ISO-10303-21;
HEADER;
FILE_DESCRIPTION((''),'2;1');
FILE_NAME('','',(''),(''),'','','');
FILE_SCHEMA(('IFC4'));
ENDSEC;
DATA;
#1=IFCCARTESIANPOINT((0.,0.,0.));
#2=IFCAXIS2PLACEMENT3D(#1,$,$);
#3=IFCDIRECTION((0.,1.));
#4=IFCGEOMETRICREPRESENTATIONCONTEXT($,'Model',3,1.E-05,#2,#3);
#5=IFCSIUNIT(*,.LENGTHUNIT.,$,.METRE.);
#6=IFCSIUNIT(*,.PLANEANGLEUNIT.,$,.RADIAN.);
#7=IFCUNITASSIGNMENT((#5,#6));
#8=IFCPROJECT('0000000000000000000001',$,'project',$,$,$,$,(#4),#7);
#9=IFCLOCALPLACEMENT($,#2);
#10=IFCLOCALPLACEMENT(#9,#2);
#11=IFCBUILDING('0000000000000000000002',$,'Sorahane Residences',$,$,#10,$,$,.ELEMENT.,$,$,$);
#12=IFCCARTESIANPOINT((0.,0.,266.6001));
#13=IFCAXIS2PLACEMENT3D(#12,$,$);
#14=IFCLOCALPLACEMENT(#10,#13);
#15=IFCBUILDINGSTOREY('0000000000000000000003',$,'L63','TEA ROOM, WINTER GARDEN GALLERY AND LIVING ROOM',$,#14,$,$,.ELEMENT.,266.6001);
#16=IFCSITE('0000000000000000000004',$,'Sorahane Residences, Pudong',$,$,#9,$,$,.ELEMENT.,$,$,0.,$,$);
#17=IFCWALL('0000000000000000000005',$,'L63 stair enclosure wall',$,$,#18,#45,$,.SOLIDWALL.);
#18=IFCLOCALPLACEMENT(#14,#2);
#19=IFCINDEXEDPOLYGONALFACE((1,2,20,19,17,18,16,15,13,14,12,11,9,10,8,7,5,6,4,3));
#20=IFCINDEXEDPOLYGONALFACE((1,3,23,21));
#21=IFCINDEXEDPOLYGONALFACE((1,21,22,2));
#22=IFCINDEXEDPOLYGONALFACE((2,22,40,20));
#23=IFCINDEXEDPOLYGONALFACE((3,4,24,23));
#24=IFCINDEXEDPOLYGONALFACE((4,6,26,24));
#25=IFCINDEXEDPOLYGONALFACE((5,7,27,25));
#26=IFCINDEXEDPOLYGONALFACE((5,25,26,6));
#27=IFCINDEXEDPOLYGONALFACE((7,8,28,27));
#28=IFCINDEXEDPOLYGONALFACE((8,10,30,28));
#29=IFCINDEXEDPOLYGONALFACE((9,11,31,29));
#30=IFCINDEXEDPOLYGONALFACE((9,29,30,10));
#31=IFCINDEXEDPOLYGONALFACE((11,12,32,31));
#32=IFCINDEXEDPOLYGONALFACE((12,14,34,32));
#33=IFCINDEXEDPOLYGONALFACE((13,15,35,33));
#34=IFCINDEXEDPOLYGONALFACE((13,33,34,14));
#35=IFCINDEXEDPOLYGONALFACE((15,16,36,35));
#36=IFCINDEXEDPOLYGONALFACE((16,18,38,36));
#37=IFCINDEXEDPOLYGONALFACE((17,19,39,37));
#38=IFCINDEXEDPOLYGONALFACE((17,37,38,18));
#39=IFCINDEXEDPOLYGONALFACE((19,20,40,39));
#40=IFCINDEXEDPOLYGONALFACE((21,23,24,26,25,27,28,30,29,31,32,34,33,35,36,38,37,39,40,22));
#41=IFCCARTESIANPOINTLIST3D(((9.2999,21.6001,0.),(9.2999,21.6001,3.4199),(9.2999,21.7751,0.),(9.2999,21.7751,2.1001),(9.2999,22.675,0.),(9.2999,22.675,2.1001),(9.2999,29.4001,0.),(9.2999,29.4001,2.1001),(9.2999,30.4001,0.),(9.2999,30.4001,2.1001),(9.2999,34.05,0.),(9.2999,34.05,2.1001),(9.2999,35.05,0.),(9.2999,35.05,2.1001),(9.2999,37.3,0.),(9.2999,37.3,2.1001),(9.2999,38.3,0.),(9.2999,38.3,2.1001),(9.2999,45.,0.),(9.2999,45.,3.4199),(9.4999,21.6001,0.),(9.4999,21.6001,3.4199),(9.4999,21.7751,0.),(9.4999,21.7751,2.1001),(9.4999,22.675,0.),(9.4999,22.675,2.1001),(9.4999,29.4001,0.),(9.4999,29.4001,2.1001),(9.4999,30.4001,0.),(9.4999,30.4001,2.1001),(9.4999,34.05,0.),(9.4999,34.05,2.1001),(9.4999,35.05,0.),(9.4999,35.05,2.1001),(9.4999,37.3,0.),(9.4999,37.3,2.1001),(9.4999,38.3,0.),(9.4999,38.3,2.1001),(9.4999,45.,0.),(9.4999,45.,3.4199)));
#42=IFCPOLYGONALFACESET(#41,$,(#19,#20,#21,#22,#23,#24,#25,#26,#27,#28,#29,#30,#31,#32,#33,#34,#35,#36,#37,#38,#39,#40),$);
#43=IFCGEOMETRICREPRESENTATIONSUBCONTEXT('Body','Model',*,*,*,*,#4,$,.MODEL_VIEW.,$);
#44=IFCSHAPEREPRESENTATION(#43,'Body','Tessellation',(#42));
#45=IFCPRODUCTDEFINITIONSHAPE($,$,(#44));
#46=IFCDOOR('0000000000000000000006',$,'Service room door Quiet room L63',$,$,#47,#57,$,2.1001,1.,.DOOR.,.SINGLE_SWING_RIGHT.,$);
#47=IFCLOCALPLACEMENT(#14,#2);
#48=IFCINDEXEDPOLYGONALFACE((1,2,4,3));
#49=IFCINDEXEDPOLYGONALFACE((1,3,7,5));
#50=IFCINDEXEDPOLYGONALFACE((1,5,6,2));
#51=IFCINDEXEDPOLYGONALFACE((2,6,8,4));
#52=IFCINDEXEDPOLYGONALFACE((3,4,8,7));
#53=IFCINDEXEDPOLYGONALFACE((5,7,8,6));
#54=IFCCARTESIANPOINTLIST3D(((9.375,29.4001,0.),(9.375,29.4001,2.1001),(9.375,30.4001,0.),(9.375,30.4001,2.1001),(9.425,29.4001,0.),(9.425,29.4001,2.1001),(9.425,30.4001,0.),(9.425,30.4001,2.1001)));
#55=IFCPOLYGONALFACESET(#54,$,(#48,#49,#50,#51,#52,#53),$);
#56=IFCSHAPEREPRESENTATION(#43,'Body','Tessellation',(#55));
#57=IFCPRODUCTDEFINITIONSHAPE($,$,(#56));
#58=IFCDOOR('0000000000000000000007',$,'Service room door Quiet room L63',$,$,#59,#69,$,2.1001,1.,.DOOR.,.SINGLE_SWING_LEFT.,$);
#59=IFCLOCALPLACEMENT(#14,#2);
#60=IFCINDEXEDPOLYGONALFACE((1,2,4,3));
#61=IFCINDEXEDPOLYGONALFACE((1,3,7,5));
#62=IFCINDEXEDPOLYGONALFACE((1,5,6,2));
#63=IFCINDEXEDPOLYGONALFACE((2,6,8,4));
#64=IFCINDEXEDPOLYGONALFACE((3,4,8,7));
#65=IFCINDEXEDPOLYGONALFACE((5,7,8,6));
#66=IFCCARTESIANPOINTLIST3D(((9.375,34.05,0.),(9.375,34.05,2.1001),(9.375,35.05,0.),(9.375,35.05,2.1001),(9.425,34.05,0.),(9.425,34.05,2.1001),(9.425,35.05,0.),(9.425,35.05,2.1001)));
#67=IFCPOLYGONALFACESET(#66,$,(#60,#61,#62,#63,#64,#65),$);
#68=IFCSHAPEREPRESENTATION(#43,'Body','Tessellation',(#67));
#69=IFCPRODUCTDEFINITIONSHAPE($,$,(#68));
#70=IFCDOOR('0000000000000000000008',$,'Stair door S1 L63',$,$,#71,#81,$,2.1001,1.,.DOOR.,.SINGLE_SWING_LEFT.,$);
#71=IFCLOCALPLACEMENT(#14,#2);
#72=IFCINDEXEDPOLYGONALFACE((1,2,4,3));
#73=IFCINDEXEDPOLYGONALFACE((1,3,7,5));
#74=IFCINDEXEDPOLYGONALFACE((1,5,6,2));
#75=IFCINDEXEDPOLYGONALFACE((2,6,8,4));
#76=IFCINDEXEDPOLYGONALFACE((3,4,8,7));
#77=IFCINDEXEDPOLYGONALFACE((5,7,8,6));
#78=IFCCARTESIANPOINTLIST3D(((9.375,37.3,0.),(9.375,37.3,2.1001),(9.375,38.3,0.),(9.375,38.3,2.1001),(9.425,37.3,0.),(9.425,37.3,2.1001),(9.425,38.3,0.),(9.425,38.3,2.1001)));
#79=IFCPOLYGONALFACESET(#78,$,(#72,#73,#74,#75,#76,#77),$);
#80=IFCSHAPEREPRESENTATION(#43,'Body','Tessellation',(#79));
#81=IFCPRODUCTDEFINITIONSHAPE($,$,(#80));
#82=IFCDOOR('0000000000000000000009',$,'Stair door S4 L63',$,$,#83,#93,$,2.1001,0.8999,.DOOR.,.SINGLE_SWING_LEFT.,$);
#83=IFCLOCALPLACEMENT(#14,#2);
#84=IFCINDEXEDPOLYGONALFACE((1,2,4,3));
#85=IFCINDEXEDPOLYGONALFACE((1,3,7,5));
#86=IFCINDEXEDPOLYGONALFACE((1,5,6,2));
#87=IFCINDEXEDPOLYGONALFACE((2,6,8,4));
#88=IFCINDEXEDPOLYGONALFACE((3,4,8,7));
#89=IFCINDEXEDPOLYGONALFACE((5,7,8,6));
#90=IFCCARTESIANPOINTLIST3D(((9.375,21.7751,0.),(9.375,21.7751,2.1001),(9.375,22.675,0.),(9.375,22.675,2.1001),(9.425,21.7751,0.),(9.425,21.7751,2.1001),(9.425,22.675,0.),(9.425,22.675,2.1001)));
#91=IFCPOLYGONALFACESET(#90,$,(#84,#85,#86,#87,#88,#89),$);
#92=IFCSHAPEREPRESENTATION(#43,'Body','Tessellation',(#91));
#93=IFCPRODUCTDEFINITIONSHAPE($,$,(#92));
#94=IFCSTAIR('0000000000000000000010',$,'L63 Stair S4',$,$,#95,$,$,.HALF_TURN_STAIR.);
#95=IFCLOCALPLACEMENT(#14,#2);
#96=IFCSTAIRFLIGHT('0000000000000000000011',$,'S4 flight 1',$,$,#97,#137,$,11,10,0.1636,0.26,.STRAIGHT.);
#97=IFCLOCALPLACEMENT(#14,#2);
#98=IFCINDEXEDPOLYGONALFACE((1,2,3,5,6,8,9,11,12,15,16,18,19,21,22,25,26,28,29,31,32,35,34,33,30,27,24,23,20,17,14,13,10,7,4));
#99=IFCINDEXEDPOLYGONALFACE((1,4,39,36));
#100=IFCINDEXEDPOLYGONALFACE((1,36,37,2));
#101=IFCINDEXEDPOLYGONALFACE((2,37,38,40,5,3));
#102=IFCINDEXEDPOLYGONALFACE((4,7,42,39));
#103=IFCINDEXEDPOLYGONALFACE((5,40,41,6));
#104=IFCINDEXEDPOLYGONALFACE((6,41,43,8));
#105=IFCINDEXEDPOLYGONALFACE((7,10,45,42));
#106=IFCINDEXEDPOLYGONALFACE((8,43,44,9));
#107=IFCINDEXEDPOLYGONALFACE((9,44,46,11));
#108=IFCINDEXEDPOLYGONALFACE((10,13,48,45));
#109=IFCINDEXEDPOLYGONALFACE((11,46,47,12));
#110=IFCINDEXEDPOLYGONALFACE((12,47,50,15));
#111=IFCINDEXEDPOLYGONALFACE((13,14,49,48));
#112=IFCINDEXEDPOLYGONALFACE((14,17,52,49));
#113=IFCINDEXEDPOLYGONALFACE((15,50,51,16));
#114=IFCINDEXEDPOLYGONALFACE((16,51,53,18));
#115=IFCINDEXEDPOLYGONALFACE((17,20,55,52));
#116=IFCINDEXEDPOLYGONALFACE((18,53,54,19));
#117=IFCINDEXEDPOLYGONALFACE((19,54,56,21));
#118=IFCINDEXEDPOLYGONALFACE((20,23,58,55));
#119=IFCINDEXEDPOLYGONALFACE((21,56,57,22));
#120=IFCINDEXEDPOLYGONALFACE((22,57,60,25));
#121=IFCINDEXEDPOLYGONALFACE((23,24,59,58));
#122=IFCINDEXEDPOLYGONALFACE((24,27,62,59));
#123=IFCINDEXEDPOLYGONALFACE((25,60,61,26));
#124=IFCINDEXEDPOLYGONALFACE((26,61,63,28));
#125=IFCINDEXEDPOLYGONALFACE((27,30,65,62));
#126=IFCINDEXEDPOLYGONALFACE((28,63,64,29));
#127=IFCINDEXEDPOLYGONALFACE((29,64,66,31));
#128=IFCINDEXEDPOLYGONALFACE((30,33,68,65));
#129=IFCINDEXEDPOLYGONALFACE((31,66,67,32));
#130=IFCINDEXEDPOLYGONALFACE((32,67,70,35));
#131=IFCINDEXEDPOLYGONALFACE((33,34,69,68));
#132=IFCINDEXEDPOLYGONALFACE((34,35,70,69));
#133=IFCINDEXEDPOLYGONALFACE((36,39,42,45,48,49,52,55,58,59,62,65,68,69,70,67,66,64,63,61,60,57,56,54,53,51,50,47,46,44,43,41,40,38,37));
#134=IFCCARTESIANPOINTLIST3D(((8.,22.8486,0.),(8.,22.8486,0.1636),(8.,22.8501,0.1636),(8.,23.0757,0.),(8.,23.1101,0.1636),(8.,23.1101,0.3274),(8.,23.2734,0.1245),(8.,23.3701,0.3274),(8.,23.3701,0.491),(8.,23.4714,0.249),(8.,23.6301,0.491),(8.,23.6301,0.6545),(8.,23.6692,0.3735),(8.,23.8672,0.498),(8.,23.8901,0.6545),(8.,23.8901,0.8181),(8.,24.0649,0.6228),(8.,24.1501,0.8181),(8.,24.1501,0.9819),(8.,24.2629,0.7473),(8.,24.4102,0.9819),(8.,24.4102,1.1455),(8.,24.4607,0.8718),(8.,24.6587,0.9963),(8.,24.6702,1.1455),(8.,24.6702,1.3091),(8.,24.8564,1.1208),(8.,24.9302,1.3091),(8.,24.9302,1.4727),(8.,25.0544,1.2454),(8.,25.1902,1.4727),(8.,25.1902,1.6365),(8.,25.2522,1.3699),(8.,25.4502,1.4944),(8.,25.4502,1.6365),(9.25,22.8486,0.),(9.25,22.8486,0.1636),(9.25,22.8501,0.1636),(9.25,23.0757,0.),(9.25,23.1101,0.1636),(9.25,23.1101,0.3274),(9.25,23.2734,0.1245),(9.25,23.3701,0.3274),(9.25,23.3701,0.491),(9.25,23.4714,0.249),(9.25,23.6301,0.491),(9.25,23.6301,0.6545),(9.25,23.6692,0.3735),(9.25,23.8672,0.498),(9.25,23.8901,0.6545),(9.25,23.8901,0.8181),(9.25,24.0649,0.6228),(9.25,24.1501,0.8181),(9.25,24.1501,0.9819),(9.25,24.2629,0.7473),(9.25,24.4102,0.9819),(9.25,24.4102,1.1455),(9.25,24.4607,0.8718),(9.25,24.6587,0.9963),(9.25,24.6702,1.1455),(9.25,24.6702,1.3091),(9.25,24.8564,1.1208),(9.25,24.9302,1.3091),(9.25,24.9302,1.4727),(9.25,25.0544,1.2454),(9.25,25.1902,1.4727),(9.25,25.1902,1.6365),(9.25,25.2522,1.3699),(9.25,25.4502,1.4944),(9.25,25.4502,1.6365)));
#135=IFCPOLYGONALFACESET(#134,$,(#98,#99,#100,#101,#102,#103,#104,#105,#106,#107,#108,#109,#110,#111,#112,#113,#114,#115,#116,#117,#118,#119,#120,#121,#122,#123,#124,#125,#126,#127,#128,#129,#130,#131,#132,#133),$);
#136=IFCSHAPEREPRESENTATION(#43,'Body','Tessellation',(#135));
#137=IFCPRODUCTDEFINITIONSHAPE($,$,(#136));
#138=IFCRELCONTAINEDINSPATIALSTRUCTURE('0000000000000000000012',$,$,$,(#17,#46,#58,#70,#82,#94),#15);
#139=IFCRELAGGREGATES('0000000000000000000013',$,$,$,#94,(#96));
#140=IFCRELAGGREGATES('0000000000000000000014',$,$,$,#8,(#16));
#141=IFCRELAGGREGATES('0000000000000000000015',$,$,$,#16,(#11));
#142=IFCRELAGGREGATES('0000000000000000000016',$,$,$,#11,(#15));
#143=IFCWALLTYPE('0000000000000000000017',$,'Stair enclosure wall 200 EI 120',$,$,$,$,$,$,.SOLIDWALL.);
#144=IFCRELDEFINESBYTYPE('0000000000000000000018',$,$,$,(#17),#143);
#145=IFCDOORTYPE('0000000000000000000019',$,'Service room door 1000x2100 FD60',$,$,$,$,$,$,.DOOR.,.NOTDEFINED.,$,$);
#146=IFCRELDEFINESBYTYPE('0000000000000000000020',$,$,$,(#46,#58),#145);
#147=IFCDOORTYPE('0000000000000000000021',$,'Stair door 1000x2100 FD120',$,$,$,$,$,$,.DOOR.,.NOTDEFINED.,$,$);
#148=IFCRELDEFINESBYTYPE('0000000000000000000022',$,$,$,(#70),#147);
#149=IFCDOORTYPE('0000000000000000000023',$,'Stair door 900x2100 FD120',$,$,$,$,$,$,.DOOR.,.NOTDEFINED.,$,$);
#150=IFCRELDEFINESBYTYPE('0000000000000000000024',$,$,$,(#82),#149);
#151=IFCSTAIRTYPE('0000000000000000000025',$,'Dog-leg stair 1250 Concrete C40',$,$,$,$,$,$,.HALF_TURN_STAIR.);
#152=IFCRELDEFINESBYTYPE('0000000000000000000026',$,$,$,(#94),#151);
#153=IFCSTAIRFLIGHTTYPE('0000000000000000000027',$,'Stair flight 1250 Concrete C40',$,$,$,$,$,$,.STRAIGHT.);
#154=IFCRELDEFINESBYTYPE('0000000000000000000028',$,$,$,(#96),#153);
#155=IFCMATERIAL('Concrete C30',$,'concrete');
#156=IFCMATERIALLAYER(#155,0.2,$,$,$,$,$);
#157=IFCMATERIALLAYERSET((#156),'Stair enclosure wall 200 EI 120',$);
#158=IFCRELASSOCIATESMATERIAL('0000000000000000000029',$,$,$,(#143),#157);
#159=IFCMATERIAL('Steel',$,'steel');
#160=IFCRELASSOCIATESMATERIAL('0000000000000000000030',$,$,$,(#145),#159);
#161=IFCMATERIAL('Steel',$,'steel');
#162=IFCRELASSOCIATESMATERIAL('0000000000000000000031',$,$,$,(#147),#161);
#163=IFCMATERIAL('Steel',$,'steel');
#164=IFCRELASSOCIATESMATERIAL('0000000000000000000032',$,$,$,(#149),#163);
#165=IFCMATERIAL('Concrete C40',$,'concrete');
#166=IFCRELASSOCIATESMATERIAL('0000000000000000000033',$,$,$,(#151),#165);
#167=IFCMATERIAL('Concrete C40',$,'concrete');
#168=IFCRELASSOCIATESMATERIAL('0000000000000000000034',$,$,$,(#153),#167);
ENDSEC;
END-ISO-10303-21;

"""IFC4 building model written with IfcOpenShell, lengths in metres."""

from ifc_helpers import new_model, si_unit, direction, frame, frame_2d, origin, place, context, subcontext, project, spatial, polyline, rectangle, outline, extrude, material, layer, layer_set, type_object, element, fill, aggregate, save


model = new_model("IFC4")

# Units and contexts
model_context = context("Model", 3, precision=1e-05, world=origin(), true_north=direction((0.0, 1.0)))
body_context = subcontext(model_context, "Body", "Model", "MODEL_VIEW")
ifc_project = project(units=[si_unit("LENGTHUNIT", "METRE"), si_unit("PLANEANGLEUNIT", "RADIAN")], contexts=[model_context])

# Site, building, storey
site_placement = place(None, origin())
site = spatial("IfcSite", under=ifc_project, at=site_placement, Name="Sorahane Residences, Pudong", CompositionType="ELEMENT", RefElevation=0.0)
building_placement = place(site_placement, origin())
building = spatial("IfcBuilding", under=site, at=building_placement, Name="Sorahane Residences", CompositionType="ELEMENT")
storey_placement = place(building_placement, frame((0.0, 0.0, 266.6001)))
storey = spatial("IfcBuildingStorey", under=building, at=storey_placement, Name="L63", Description="TEA ROOM, WINTER GARDEN GALLERY AND LIVING ROOM", CompositionType="ELEMENT", Elevation=266.6001)

# Wall, openings, doors
ifc_material_1 = material(Name="Concrete C30", Category="concrete")
ifc_layer_1 = layer(ifc_material_1, 0.2)
ifc_layer_set_1 = layer_set([ifc_layer_1], Name="Stair enclosure wall 200 EI 120")
wall_type_1 = type_object("IfcWallType", Name="Stair enclosure wall 200 EI 120", PredefinedType="SOLIDWALL", material=ifc_layer_set_1)
wall_1_placement = place(storey_placement, frame((9.3999, 21.6001, 0.0), z_axis=(0.0, 0.0, 1.0), x_axis=(0.0, 1.0, 0.0)))
wall_1 = element("IfcWall", 1, at=wall_1_placement, inside=storey, type_object=wall_type_1, Name="L63 stair enclosure wall", PredefinedType="SOLIDWALL", context=body_context, shape_type="SweptSolid", body=[
    extrude(rectangle(XDim=23.3999, YDim=0.2, at=frame_2d((11.7, 0.0))), origin(), (0.0, 0.0, 1.0), 3.4199),
])
opening_1_placement = place(wall_1_placement, frame((7.8, 0.0, 0.0)))
opening_1 = element("IfcOpeningElement", 2, at=opening_1_placement, cuts=wall_1, PredefinedType="OPENING", context=body_context, shape_type="SweptSolid", body=[
    extrude(rectangle(XDim=1.0, YDim=2.1001, at=frame_2d((0.5, 1.05))), frame((0.0, 0.1099, 0.0), z_axis=(0.0, -1.0, 0.0), x_axis=(1.0, 0.0, 0.0)), (0.0, 0.0, 1.0), 0.22),
])
opening_2_placement = place(wall_1_placement, frame((12.45, 0.0, 0.0)))
opening_2 = element("IfcOpeningElement", 3, at=opening_2_placement, cuts=wall_1, PredefinedType="OPENING", context=body_context, shape_type="SweptSolid", body=[
    extrude(rectangle(XDim=1.0, YDim=2.1001, at=frame_2d((0.5, 1.05))), frame((0.0, 0.1099, 0.0), z_axis=(0.0, -1.0, 0.0), x_axis=(1.0, 0.0, 0.0)), (0.0, 0.0, 1.0), 0.22),
])
opening_3_placement = place(wall_1_placement, frame((15.7, 0.0, 0.0)))
opening_3 = element("IfcOpeningElement", 4, at=opening_3_placement, cuts=wall_1, PredefinedType="OPENING", context=body_context, shape_type="SweptSolid", body=[
    extrude(rectangle(XDim=1.0, YDim=2.1001, at=frame_2d((0.5, 1.05))), frame((0.0, 0.1099, 0.0), z_axis=(0.0, -1.0, 0.0), x_axis=(1.0, 0.0, 0.0)), (0.0, 0.0, 1.0), 0.22),
])
opening_4_placement = place(wall_1_placement, frame((0.175, 0.0, 0.0)))
opening_4 = element("IfcOpeningElement", 5, at=opening_4_placement, cuts=wall_1, PredefinedType="OPENING", context=body_context, shape_type="SweptSolid", body=[
    extrude(rectangle(XDim=0.8999, YDim=2.1001, at=frame_2d((0.45, 1.05))), frame((0.0, 0.1099, 0.0), z_axis=(0.0, -1.0, 0.0), x_axis=(1.0, 0.0, 0.0)), (0.0, 0.0, 1.0), 0.22),
])
ifc_material_2 = material(Name="Steel", Category="steel")
door_type_1 = type_object("IfcDoorType", Name="Service room door 1000x2100 FD60", OperationType="NOTDEFINED", PredefinedType="DOOR", material=ifc_material_2)
door_1_placement = place(opening_1_placement, origin())
door_1 = element("IfcDoor", 6, at=door_1_placement, inside=storey, type_object=door_type_1, Name="Service room door Quiet room L63", OperationType="SINGLE_SWING_RIGHT", OverallHeight=2.1001, OverallWidth=1.0, PredefinedType="DOOR", context=body_context, shape_type="SweptSolid", body=[
    extrude(rectangle(XDim=1.0, YDim=2.1001, at=frame_2d((0.5, 1.05))), frame((0.0, 0.0249, 0.0), z_axis=(0.0, -1.0, 0.0), x_axis=(1.0, 0.0, 0.0)), (0.0, 0.0, 1.0), 0.05),
])
fill(opening_1, door_1)
door_2_placement = place(opening_2_placement, origin())
door_2 = element("IfcDoor", 7, at=door_2_placement, inside=storey, type_object=door_type_1, Name="Service room door Quiet room L63", OperationType="SINGLE_SWING_LEFT", OverallHeight=2.1001, OverallWidth=1.0, PredefinedType="DOOR", context=body_context, shape_type="SweptSolid", body=[
    extrude(rectangle(XDim=1.0, YDim=2.1001, at=frame_2d((0.5, 1.05))), frame((0.0, 0.0249, 0.0), z_axis=(0.0, -1.0, 0.0), x_axis=(1.0, 0.0, 0.0)), (0.0, 0.0, 1.0), 0.05),
])
fill(opening_2, door_2)
ifc_material_3 = material(Name="Steel", Category="steel")
door_type_2 = type_object("IfcDoorType", Name="Stair door 1000x2100 FD120", OperationType="NOTDEFINED", PredefinedType="DOOR", material=ifc_material_3)
door_3_placement = place(opening_3_placement, origin())
door_3 = element("IfcDoor", 8, at=door_3_placement, inside=storey, type_object=door_type_2, Name="Stair door S1 L63", OperationType="SINGLE_SWING_LEFT", OverallHeight=2.1001, OverallWidth=1.0, PredefinedType="DOOR", context=body_context, shape_type="SweptSolid", body=[
    extrude(rectangle(XDim=1.0, YDim=2.1001, at=frame_2d((0.5, 1.05))), frame((0.0, 0.0249, 0.0), z_axis=(0.0, -1.0, 0.0), x_axis=(1.0, 0.0, 0.0)), (0.0, 0.0, 1.0), 0.05),
])
fill(opening_3, door_3)
ifc_material_4 = material(Name="Steel", Category="steel")
door_type_3 = type_object("IfcDoorType", Name="Stair door 900x2100 FD120", OperationType="NOTDEFINED", PredefinedType="DOOR", material=ifc_material_4)
door_4_placement = place(opening_4_placement, origin())
door_4 = element("IfcDoor", 9, at=door_4_placement, inside=storey, type_object=door_type_3, Name="Stair door S4 L63", OperationType="SINGLE_SWING_LEFT", OverallHeight=2.1001, OverallWidth=0.8999, PredefinedType="DOOR", context=body_context, shape_type="SweptSolid", body=[
    extrude(rectangle(XDim=0.8999, YDim=2.1001, at=frame_2d((0.45, 1.05))), frame((0.0, 0.0249, 0.0), z_axis=(0.0, -1.0, 0.0), x_axis=(1.0, 0.0, 0.0)), (0.0, 0.0, 1.0), 0.05),
])
fill(opening_4, door_4)

# Stair, stair flight
ifc_material_5 = material(Name="Concrete C40", Category="concrete")
stair_type = type_object("IfcStairType", Name="Dog-leg stair 1250 Concrete C40", PredefinedType="HALF_TURN_STAIR", material=ifc_material_5)
stair_placement = place(storey_placement, origin())
stair = element("IfcStair", 10, at=stair_placement, inside=storey, type_object=stair_type, Name="L63 Stair S4", PredefinedType="HALF_TURN_STAIR")
ifc_material_6 = material(Name="Concrete C40", Category="concrete")
stair_flight_type = type_object("IfcStairFlightType", Name="Stair flight 1250 Concrete C40", PredefinedType="STRAIGHT", material=ifc_material_6)
stair_flight_placement = place(storey_placement, frame((8.625, 22.8501, 0.0), z_axis=(0.0, 0.0, 1.0), x_axis=(0.0, 1.0, 0.0)))
stair_flight = element("IfcStairFlight", 11, at=stair_flight_placement, type_object=stair_flight_type, Name="S4 flight 1", NumberOfRisers=11, NumberOfTreads=10, PredefinedType="STRAIGHT", RiserHeight=0.1636, TreadLength=0.26, context=body_context, shape_type="SweptSolid", body=[
    extrude(outline(polyline([(-0.0015, 0.0), (-0.0015, 0.1636), (0.0, 0.1636), (0.26, 0.1636), (0.26, 0.3274), (0.52, 0.3274), (0.52, 0.491), (0.78, 0.491), (0.78, 0.6545), (1.04, 0.6545), (1.04, 0.8181), (1.3, 0.8181), (1.3, 0.9819), (1.5601, 0.9819), (1.5601, 1.1455), (1.8201, 1.1455), (1.8201, 1.3091), (2.0801, 1.3091), (2.0801, 1.4727), (2.3401, 1.4727), (2.3401, 1.6365), (2.6001, 1.6365), (2.6001, 1.8), (2.6001, 1.4944), (2.4021, 1.3699), (2.2043, 1.2454), (2.0063, 1.1208), (1.8086, 0.9963), (1.6106, 0.8718), (1.4128, 0.7473), (1.2148, 0.6228), (1.0171, 0.498), (0.8191, 0.3735), (0.6213, 0.249), (0.4233, 0.1245), (0.2256, 0.0), (-0.0015, 0.0)])), frame((0.0, 0.625, 0.0), z_axis=(0.0, -1.0, 0.0), x_axis=(1.0, 0.0, 0.0)), (0.0, 0.0, 1.0), 1.25),
])
aggregate(stair, [stair_flight])

save(model, "model.ifc")
